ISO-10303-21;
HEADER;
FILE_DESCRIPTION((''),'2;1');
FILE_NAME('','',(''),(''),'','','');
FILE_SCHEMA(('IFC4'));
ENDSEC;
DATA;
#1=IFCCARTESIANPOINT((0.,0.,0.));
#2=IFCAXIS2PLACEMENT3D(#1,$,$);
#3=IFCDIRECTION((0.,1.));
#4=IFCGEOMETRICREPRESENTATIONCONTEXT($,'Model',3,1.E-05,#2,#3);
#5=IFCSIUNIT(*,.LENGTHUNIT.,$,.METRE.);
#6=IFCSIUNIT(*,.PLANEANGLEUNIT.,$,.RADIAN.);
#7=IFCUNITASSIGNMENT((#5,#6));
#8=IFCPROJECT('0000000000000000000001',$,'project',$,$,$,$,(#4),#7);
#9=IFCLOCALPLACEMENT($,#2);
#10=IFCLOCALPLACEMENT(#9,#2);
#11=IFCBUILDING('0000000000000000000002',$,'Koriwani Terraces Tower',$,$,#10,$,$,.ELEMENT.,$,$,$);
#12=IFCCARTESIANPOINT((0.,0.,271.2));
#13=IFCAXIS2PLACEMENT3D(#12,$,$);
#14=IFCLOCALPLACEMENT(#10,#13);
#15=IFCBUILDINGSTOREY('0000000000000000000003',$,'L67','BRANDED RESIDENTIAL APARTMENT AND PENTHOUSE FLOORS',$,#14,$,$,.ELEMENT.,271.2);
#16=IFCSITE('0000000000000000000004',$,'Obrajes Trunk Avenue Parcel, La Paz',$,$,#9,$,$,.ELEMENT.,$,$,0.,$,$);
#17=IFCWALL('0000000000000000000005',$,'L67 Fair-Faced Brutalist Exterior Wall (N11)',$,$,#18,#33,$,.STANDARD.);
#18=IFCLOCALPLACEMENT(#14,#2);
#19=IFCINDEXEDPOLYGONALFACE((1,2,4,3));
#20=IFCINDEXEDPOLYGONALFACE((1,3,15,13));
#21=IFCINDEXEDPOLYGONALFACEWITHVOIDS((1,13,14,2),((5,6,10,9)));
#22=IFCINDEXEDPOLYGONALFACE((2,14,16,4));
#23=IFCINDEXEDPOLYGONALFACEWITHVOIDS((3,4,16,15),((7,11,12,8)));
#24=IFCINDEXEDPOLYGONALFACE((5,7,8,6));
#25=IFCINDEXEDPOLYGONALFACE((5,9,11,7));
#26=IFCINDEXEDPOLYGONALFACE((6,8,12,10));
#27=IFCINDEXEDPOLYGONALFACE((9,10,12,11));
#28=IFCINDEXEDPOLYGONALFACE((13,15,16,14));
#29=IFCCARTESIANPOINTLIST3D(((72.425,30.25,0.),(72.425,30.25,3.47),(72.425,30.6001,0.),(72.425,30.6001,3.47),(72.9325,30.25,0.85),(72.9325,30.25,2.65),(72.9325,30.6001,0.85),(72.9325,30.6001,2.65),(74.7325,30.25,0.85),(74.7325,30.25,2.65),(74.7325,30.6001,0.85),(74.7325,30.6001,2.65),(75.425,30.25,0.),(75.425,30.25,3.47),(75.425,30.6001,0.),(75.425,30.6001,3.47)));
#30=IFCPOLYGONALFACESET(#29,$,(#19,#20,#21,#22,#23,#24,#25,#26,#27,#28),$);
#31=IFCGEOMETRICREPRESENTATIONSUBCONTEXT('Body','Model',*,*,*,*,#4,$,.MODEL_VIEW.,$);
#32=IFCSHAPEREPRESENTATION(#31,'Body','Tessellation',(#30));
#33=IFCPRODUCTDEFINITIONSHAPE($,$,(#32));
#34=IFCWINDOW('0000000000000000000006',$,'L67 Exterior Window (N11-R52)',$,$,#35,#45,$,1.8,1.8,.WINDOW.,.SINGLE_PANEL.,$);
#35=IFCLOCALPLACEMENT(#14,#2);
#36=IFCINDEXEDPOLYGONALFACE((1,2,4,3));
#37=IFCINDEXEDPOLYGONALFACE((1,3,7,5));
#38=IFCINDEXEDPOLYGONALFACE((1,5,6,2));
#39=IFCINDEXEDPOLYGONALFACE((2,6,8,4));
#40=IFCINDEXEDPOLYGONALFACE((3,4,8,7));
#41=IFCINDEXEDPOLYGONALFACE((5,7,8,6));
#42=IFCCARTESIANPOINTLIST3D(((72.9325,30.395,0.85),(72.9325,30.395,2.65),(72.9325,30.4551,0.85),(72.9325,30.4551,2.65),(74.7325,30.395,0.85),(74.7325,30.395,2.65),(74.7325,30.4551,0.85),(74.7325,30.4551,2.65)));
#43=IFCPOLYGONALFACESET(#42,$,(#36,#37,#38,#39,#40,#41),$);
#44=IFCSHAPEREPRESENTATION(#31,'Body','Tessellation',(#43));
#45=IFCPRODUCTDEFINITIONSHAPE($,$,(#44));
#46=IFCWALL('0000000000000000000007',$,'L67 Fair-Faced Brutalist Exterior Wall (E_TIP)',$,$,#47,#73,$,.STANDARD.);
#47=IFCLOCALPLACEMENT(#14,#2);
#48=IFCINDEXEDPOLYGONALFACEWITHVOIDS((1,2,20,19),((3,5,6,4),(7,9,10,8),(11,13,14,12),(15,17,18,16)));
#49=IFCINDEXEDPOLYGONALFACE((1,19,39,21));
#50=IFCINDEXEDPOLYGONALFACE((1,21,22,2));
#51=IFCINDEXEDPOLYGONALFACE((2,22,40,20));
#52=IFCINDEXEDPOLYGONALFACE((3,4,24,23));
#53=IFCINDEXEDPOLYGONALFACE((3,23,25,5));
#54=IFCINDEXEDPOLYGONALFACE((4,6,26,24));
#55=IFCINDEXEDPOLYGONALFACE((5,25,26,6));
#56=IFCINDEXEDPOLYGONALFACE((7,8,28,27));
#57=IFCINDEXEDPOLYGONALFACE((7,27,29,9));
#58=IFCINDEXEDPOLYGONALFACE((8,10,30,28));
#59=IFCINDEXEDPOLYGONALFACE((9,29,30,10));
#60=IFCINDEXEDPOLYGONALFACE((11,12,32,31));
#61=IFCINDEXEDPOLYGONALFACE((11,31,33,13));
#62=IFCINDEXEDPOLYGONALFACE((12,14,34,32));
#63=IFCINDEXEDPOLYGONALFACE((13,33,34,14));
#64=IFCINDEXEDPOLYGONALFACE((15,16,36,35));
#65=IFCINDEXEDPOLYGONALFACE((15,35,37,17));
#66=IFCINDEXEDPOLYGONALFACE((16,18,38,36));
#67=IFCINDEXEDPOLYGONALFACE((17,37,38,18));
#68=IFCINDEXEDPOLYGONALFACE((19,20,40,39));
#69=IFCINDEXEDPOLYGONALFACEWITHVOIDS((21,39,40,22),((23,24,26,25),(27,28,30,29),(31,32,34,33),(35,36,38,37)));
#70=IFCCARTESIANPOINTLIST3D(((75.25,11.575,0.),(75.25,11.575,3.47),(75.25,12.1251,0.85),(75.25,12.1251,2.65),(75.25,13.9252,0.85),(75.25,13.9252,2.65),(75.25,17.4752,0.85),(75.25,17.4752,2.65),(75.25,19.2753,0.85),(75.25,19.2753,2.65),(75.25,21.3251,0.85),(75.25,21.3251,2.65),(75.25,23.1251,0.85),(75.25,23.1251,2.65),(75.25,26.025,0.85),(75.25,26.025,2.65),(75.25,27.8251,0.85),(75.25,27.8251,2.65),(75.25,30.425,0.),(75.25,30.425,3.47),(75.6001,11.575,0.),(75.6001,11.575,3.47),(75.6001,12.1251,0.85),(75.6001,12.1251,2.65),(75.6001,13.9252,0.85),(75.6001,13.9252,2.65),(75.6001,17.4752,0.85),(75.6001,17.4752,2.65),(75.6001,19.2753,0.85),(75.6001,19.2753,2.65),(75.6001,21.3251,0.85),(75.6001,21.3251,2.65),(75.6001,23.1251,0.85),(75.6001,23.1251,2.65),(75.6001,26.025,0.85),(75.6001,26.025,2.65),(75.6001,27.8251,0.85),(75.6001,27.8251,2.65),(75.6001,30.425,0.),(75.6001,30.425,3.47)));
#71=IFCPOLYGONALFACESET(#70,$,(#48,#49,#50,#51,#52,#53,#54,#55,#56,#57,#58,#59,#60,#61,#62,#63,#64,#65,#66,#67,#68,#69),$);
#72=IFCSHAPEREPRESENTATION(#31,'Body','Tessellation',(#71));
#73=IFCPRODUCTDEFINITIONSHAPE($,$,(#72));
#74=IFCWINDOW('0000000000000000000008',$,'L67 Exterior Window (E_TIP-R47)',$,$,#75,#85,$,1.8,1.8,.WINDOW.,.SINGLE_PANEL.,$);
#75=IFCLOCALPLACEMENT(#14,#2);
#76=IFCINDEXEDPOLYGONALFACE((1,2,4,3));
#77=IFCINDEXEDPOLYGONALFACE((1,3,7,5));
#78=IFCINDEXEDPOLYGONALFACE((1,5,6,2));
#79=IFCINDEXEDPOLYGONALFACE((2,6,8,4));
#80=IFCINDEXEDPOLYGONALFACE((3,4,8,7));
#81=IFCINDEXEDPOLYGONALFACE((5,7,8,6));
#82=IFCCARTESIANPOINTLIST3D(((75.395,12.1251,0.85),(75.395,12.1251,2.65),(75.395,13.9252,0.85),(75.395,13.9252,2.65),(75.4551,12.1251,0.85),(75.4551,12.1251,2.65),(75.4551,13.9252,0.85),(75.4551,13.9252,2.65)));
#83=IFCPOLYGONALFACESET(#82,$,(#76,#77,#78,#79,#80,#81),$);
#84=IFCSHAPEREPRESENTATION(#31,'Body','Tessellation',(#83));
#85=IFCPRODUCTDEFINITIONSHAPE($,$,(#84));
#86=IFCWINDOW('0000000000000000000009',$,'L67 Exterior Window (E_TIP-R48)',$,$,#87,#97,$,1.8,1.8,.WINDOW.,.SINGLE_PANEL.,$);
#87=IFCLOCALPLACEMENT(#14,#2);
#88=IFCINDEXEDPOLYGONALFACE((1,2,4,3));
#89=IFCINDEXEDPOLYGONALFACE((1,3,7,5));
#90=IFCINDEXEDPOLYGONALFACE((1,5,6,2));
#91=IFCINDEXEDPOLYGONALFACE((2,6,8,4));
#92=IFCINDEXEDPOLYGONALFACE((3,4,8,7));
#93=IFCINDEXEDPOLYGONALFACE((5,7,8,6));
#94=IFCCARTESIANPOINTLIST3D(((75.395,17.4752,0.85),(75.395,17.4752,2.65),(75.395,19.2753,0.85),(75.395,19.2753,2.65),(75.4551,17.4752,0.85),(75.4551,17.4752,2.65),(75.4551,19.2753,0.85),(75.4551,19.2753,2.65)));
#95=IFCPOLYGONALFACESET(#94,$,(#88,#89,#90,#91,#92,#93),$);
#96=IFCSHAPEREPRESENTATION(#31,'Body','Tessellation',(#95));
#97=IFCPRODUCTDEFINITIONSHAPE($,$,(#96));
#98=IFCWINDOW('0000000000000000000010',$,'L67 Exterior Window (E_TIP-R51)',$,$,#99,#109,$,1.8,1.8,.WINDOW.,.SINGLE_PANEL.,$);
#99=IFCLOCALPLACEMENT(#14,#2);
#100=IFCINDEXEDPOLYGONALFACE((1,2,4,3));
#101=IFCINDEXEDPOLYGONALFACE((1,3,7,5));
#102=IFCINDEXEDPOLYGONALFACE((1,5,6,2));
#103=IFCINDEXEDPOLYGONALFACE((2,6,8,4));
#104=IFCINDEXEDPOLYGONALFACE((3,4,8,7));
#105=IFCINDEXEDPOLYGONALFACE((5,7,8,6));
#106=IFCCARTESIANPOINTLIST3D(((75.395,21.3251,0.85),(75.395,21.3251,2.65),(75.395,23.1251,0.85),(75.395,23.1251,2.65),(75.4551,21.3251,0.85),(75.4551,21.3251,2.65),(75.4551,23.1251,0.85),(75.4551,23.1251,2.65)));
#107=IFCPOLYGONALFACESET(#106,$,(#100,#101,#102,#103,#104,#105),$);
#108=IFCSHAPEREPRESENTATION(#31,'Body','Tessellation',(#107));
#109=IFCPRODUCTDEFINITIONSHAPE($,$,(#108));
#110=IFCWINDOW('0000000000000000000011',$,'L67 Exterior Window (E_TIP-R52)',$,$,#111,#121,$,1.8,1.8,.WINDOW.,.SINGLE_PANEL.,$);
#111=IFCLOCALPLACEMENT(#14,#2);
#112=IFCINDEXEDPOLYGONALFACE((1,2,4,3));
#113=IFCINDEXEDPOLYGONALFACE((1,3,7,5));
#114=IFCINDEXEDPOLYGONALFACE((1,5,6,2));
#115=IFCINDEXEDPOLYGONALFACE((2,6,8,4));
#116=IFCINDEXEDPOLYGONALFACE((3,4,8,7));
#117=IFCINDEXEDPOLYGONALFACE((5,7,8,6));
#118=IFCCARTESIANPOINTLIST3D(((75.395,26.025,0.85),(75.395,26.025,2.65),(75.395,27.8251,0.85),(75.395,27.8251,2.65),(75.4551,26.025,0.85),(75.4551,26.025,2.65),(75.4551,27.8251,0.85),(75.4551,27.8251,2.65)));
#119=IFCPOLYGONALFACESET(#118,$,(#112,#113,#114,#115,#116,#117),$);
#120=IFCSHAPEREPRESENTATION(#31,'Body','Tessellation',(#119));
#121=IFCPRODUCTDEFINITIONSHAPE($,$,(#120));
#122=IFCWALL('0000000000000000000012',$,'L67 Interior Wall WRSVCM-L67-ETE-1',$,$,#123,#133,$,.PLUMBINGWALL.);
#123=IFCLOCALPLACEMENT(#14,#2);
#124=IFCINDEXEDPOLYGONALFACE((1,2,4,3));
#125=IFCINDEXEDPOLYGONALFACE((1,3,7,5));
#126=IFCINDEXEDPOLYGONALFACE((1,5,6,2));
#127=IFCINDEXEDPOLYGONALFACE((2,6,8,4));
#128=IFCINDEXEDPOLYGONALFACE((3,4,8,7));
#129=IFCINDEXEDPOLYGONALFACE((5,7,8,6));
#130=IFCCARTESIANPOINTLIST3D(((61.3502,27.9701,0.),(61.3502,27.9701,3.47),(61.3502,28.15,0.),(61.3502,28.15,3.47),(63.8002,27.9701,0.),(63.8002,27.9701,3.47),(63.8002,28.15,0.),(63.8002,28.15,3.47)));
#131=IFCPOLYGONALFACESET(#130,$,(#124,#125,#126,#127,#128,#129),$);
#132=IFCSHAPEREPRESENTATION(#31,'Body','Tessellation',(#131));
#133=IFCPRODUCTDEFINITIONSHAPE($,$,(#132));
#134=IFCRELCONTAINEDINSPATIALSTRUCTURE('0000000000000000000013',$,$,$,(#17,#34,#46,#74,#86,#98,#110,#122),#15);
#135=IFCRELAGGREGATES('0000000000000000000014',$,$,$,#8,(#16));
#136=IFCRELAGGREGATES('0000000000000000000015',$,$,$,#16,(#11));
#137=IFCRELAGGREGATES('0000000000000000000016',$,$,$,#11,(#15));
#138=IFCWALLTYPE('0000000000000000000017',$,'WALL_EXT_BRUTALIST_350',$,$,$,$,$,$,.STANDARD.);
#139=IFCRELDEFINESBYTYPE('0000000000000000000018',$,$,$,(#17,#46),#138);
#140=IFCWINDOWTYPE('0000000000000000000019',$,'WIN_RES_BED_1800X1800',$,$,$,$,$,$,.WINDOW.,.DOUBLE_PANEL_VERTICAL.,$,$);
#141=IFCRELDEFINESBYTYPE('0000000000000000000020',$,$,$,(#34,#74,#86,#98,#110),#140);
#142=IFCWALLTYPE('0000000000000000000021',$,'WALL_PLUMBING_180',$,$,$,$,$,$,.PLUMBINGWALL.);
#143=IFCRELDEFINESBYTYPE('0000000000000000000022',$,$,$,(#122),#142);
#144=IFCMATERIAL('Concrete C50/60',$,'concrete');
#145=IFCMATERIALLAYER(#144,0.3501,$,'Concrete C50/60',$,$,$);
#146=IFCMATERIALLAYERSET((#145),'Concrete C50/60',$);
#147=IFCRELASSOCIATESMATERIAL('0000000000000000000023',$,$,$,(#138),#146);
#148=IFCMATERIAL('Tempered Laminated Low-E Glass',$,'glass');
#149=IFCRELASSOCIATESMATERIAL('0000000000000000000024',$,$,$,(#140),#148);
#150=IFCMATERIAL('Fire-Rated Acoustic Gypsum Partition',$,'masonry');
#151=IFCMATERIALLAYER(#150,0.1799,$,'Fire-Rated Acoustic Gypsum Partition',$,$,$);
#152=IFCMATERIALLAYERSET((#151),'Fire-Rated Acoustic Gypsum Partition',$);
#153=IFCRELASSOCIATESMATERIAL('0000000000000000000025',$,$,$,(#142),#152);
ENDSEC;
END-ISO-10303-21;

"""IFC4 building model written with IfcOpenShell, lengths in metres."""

from ifc_helpers import new_model, si_unit, direction, frame, frame_2d, origin, place, context, subcontext, project, spatial, rectangle, extrude, material, layer, layer_set, type_object, element, fill, save


model = new_model("IFC4")

# Units and contexts
model_context = context("Model", 3, precision=1e-05, world=origin(), true_north=direction((0.0, 1.0)))
body_context = subcontext(model_context, "Body", "Model", "MODEL_VIEW")
ifc_project = project(units=[si_unit("LENGTHUNIT", "METRE"), si_unit("PLANEANGLEUNIT", "RADIAN")], contexts=[model_context])

# Site, building, storey
site_placement = place(None, origin())
site = spatial("IfcSite", under=ifc_project, at=site_placement, Name="Obrajes Trunk Avenue Parcel, La Paz", CompositionType="ELEMENT", RefElevation=0.0)
building_placement = place(site_placement, origin())
building = spatial("IfcBuilding", under=site, at=building_placement, Name="Koriwani Terraces Tower", CompositionType="ELEMENT")
storey_placement = place(building_placement, frame((0.0, 0.0, 271.2)))
storey = spatial("IfcBuildingStorey", under=building, at=storey_placement, Name="L67", Description="BRANDED RESIDENTIAL APARTMENT AND PENTHOUSE FLOORS", CompositionType="ELEMENT", Elevation=271.2)

# Shared definitions
ifc_material_1 = material(Name="Concrete C50/60", Category="concrete")

# Shared definitions
ifc_layer_1 = layer(ifc_material_1, 0.3501, Name="Concrete C50/60")
ifc_layer_set_1 = layer_set([ifc_layer_1], Name="Concrete C50/60")
wall_type_1 = type_object("IfcWallType", Name="WALL_EXT_BRUTALIST_350", PredefinedType="STANDARD", material=ifc_layer_set_1)

# Wall, opening, window
wall_1_placement = place(storey_placement, frame((72.425, 30.425, 0.0), z_axis=(0.0, 0.0, 1.0), x_axis=(1.0, 0.0, 0.0)))
wall_1 = element("IfcWall", 1, at=wall_1_placement, inside=storey, type_object=wall_type_1, Name="L67 Fair-Faced Brutalist Exterior Wall (N11)", PredefinedType="STANDARD", context=body_context, shape_type="SweptSolid", body=[
    extrude(rectangle(XDim=3.0, YDim=0.3501, at=frame_2d((1.5, 0.0))), origin(), (0.0, 0.0, 1.0), 3.47),
])
opening_1_placement = place(wall_1_placement, frame((0.5076, 0.0, 0.8501)))
opening_1 = element("IfcOpeningElement", 2, at=opening_1_placement, cuts=wall_1, PredefinedType="OPENING", context=body_context, shape_type="SweptSolid", body=[
    extrude(rectangle(XDim=1.8, YDim=1.8, at=frame_2d((0.8999, 0.8999))), frame((0.0, 0.1851, 0.0), z_axis=(0.0, -1.0, 0.0), x_axis=(1.0, 0.0, 0.0)), (0.0, 0.0, 1.0), 0.3701),
])
ifc_material_2 = material(Name="Tempered Laminated Low-E Glass", Category="glass")
window_type = type_object("IfcWindowType", Name="WIN_RES_BED_1800X1800", PartitioningType="DOUBLE_PANEL_VERTICAL", PredefinedType="WINDOW", material=ifc_material_2)
window_1_placement = place(opening_1_placement, origin())
window_1 = element("IfcWindow", 3, at=window_1_placement, inside=storey, type_object=window_type, Name="L67 Exterior Window (N11-R52)", OverallHeight=1.8, OverallWidth=1.8, PartitioningType="SINGLE_PANEL", PredefinedType="WINDOW", context=body_context, shape_type="SweptSolid", body=[
    extrude(rectangle(XDim=1.8, YDim=1.8, at=frame_2d((0.8999, 0.8999))), frame((0.0, 0.03, 0.0), z_axis=(0.0, -1.0, 0.0), x_axis=(1.0, 0.0, 0.0)), (0.0, 0.0, 1.0), 0.0601),
])
fill(opening_1, window_1)

# Wall, openings, windows
wall_2_placement = place(storey_placement, frame((75.425, 30.425, 0.0), z_axis=(0.0, 0.0, 1.0), x_axis=(0.0, -1.0, 0.0)))
wall_2 = element("IfcWall", 4, at=wall_2_placement, inside=storey, type_object=wall_type_1, Name="L67 Fair-Faced Brutalist Exterior Wall (E_TIP)", PredefinedType="STANDARD", context=body_context, shape_type="SweptSolid", body=[
    extrude(rectangle(XDim=18.8501, YDim=0.3501, at=frame_2d((9.425, 0.0))), origin(), (0.0, 0.0, 1.0), 3.47),
])
opening_2_placement = place(wall_2_placement, frame((16.5, 0.0, 0.8501)))
opening_2 = element("IfcOpeningElement", 5, at=opening_2_placement, cuts=wall_2, PredefinedType="OPENING", context=body_context, shape_type="SweptSolid", body=[
    extrude(rectangle(XDim=1.8, YDim=1.8, at=frame_2d((0.8999, 0.8999))), frame((0.0, 0.1851, 0.0), z_axis=(0.0, -1.0, 0.0), x_axis=(1.0, 0.0, 0.0)), (0.0, 0.0, 1.0), 0.3701),
])
opening_3_placement = place(wall_2_placement, frame((11.1499, 0.0, 0.8501)))
opening_3 = element("IfcOpeningElement", 6, at=opening_3_placement, cuts=wall_2, PredefinedType="OPENING", context=body_context, shape_type="SweptSolid", body=[
    extrude(rectangle(XDim=1.8, YDim=1.8, at=frame_2d((0.8999, 0.8999))), frame((0.0, 0.1851, 0.0), z_axis=(0.0, -1.0, 0.0), x_axis=(1.0, 0.0, 0.0)), (0.0, 0.0, 1.0), 0.3701),
])
opening_4_placement = place(wall_2_placement, frame((7.3, 0.0, 0.8501)))
opening_4 = element("IfcOpeningElement", 7, at=opening_4_placement, cuts=wall_2, PredefinedType="OPENING", context=body_context, shape_type="SweptSolid", body=[
    extrude(rectangle(XDim=1.8, YDim=1.8, at=frame_2d((0.8999, 0.8999))), frame((0.0, 0.1851, 0.0), z_axis=(0.0, -1.0, 0.0), x_axis=(1.0, 0.0, 0.0)), (0.0, 0.0, 1.0), 0.3701),
])
opening_5_placement = place(wall_2_placement, frame((2.6001, 0.0, 0.8501)))
opening_5 = element("IfcOpeningElement", 8, at=opening_5_placement, cuts=wall_2, PredefinedType="OPENING", context=body_context, shape_type="SweptSolid", body=[
    extrude(rectangle(XDim=1.8, YDim=1.8, at=frame_2d((0.8999, 0.8999))), frame((0.0, 0.1851, 0.0), z_axis=(0.0, -1.0, 0.0), x_axis=(1.0, 0.0, 0.0)), (0.0, 0.0, 1.0), 0.3701),
])
window_2_placement = place(opening_2_placement, origin())
window_2 = element("IfcWindow", 9, at=window_2_placement, inside=storey, type_object=window_type, Name="L67 Exterior Window (E_TIP-R47)", OverallHeight=1.8, OverallWidth=1.8, PartitioningType="SINGLE_PANEL", PredefinedType="WINDOW", context=body_context, shape_type="SweptSolid", body=[
    extrude(rectangle(XDim=1.8, YDim=1.8, at=frame_2d((0.8999, 0.8999))), frame((0.0, 0.03, 0.0), z_axis=(0.0, -1.0, 0.0), x_axis=(1.0, 0.0, 0.0)), (0.0, 0.0, 1.0), 0.0601),
])
fill(opening_2, window_2)
window_3_placement = place(opening_3_placement, origin())
window_3 = element("IfcWindow", 10, at=window_3_placement, inside=storey, type_object=window_type, Name="L67 Exterior Window (E_TIP-R48)", OverallHeight=1.8, OverallWidth=1.8, PartitioningType="SINGLE_PANEL", PredefinedType="WINDOW", context=body_context, shape_type="SweptSolid", body=[
    extrude(rectangle(XDim=1.8, YDim=1.8, at=frame_2d((0.8999, 0.8999))), frame((0.0, 0.03, 0.0), z_axis=(0.0, -1.0, 0.0), x_axis=(1.0, 0.0, 0.0)), (0.0, 0.0, 1.0), 0.0601),
])
fill(opening_3, window_3)
window_4_placement = place(opening_4_placement, origin())
window_4 = element("IfcWindow", 11, at=window_4_placement, inside=storey, type_object=window_type, Name="L67 Exterior Window (E_TIP-R51)", OverallHeight=1.8, OverallWidth=1.8, PartitioningType="SINGLE_PANEL", PredefinedType="WINDOW", context=body_context, shape_type="SweptSolid", body=[
    extrude(rectangle(XDim=1.8, YDim=1.8, at=frame_2d((0.8999, 0.8999))), frame((0.0, 0.03, 0.0), z_axis=(0.0, -1.0, 0.0), x_axis=(1.0, 0.0, 0.0)), (0.0, 0.0, 1.0), 0.0601),
])
fill(opening_4, window_4)
window_5_placement = place(opening_5_placement, origin())
window_5 = element("IfcWindow", 12, at=window_5_placement, inside=storey, type_object=window_type, Name="L67 Exterior Window (E_TIP-R52)", OverallHeight=1.8, OverallWidth=1.8, PartitioningType="SINGLE_PANEL", PredefinedType="WINDOW", context=body_context, shape_type="SweptSolid", body=[
    extrude(rectangle(XDim=1.8, YDim=1.8, at=frame_2d((0.8999, 0.8999))), frame((0.0, 0.03, 0.0), z_axis=(0.0, -1.0, 0.0), x_axis=(1.0, 0.0, 0.0)), (0.0, 0.0, 1.0), 0.0601),
])
fill(opening_5, window_5)

# Wall
ifc_material_3 = material(Name="Fire-Rated Acoustic Gypsum Partition", Category="masonry")
ifc_layer_2 = layer(ifc_material_3, 0.1799, Name="Fire-Rated Acoustic Gypsum Partition")
ifc_layer_set_2 = layer_set([ifc_layer_2], Name="Fire-Rated Acoustic Gypsum Partition")
wall_type_2 = type_object("IfcWallType", Name="WALL_PLUMBING_180", PredefinedType="PLUMBINGWALL", material=ifc_layer_set_2)
wall_3_placement = place(storey_placement, frame((61.3501, 28.0601, 0.0), z_axis=(0.0, 0.0, 1.0), x_axis=(1.0, 0.0, 0.0)))
element("IfcWall", 13, at=wall_3_placement, inside=storey, type_object=wall_type_2, Name="L67 Interior Wall WRSVCM-L67-ETE-1", PredefinedType="PLUMBINGWALL", context=body_context, shape_type="SweptSolid", body=[
    extrude(rectangle(XDim=2.45, YDim=0.1799, at=frame_2d((1.2251, 0.0))), origin(), (0.0, 0.0, 1.0), 3.47),
])

save(model, "model.ifc")
